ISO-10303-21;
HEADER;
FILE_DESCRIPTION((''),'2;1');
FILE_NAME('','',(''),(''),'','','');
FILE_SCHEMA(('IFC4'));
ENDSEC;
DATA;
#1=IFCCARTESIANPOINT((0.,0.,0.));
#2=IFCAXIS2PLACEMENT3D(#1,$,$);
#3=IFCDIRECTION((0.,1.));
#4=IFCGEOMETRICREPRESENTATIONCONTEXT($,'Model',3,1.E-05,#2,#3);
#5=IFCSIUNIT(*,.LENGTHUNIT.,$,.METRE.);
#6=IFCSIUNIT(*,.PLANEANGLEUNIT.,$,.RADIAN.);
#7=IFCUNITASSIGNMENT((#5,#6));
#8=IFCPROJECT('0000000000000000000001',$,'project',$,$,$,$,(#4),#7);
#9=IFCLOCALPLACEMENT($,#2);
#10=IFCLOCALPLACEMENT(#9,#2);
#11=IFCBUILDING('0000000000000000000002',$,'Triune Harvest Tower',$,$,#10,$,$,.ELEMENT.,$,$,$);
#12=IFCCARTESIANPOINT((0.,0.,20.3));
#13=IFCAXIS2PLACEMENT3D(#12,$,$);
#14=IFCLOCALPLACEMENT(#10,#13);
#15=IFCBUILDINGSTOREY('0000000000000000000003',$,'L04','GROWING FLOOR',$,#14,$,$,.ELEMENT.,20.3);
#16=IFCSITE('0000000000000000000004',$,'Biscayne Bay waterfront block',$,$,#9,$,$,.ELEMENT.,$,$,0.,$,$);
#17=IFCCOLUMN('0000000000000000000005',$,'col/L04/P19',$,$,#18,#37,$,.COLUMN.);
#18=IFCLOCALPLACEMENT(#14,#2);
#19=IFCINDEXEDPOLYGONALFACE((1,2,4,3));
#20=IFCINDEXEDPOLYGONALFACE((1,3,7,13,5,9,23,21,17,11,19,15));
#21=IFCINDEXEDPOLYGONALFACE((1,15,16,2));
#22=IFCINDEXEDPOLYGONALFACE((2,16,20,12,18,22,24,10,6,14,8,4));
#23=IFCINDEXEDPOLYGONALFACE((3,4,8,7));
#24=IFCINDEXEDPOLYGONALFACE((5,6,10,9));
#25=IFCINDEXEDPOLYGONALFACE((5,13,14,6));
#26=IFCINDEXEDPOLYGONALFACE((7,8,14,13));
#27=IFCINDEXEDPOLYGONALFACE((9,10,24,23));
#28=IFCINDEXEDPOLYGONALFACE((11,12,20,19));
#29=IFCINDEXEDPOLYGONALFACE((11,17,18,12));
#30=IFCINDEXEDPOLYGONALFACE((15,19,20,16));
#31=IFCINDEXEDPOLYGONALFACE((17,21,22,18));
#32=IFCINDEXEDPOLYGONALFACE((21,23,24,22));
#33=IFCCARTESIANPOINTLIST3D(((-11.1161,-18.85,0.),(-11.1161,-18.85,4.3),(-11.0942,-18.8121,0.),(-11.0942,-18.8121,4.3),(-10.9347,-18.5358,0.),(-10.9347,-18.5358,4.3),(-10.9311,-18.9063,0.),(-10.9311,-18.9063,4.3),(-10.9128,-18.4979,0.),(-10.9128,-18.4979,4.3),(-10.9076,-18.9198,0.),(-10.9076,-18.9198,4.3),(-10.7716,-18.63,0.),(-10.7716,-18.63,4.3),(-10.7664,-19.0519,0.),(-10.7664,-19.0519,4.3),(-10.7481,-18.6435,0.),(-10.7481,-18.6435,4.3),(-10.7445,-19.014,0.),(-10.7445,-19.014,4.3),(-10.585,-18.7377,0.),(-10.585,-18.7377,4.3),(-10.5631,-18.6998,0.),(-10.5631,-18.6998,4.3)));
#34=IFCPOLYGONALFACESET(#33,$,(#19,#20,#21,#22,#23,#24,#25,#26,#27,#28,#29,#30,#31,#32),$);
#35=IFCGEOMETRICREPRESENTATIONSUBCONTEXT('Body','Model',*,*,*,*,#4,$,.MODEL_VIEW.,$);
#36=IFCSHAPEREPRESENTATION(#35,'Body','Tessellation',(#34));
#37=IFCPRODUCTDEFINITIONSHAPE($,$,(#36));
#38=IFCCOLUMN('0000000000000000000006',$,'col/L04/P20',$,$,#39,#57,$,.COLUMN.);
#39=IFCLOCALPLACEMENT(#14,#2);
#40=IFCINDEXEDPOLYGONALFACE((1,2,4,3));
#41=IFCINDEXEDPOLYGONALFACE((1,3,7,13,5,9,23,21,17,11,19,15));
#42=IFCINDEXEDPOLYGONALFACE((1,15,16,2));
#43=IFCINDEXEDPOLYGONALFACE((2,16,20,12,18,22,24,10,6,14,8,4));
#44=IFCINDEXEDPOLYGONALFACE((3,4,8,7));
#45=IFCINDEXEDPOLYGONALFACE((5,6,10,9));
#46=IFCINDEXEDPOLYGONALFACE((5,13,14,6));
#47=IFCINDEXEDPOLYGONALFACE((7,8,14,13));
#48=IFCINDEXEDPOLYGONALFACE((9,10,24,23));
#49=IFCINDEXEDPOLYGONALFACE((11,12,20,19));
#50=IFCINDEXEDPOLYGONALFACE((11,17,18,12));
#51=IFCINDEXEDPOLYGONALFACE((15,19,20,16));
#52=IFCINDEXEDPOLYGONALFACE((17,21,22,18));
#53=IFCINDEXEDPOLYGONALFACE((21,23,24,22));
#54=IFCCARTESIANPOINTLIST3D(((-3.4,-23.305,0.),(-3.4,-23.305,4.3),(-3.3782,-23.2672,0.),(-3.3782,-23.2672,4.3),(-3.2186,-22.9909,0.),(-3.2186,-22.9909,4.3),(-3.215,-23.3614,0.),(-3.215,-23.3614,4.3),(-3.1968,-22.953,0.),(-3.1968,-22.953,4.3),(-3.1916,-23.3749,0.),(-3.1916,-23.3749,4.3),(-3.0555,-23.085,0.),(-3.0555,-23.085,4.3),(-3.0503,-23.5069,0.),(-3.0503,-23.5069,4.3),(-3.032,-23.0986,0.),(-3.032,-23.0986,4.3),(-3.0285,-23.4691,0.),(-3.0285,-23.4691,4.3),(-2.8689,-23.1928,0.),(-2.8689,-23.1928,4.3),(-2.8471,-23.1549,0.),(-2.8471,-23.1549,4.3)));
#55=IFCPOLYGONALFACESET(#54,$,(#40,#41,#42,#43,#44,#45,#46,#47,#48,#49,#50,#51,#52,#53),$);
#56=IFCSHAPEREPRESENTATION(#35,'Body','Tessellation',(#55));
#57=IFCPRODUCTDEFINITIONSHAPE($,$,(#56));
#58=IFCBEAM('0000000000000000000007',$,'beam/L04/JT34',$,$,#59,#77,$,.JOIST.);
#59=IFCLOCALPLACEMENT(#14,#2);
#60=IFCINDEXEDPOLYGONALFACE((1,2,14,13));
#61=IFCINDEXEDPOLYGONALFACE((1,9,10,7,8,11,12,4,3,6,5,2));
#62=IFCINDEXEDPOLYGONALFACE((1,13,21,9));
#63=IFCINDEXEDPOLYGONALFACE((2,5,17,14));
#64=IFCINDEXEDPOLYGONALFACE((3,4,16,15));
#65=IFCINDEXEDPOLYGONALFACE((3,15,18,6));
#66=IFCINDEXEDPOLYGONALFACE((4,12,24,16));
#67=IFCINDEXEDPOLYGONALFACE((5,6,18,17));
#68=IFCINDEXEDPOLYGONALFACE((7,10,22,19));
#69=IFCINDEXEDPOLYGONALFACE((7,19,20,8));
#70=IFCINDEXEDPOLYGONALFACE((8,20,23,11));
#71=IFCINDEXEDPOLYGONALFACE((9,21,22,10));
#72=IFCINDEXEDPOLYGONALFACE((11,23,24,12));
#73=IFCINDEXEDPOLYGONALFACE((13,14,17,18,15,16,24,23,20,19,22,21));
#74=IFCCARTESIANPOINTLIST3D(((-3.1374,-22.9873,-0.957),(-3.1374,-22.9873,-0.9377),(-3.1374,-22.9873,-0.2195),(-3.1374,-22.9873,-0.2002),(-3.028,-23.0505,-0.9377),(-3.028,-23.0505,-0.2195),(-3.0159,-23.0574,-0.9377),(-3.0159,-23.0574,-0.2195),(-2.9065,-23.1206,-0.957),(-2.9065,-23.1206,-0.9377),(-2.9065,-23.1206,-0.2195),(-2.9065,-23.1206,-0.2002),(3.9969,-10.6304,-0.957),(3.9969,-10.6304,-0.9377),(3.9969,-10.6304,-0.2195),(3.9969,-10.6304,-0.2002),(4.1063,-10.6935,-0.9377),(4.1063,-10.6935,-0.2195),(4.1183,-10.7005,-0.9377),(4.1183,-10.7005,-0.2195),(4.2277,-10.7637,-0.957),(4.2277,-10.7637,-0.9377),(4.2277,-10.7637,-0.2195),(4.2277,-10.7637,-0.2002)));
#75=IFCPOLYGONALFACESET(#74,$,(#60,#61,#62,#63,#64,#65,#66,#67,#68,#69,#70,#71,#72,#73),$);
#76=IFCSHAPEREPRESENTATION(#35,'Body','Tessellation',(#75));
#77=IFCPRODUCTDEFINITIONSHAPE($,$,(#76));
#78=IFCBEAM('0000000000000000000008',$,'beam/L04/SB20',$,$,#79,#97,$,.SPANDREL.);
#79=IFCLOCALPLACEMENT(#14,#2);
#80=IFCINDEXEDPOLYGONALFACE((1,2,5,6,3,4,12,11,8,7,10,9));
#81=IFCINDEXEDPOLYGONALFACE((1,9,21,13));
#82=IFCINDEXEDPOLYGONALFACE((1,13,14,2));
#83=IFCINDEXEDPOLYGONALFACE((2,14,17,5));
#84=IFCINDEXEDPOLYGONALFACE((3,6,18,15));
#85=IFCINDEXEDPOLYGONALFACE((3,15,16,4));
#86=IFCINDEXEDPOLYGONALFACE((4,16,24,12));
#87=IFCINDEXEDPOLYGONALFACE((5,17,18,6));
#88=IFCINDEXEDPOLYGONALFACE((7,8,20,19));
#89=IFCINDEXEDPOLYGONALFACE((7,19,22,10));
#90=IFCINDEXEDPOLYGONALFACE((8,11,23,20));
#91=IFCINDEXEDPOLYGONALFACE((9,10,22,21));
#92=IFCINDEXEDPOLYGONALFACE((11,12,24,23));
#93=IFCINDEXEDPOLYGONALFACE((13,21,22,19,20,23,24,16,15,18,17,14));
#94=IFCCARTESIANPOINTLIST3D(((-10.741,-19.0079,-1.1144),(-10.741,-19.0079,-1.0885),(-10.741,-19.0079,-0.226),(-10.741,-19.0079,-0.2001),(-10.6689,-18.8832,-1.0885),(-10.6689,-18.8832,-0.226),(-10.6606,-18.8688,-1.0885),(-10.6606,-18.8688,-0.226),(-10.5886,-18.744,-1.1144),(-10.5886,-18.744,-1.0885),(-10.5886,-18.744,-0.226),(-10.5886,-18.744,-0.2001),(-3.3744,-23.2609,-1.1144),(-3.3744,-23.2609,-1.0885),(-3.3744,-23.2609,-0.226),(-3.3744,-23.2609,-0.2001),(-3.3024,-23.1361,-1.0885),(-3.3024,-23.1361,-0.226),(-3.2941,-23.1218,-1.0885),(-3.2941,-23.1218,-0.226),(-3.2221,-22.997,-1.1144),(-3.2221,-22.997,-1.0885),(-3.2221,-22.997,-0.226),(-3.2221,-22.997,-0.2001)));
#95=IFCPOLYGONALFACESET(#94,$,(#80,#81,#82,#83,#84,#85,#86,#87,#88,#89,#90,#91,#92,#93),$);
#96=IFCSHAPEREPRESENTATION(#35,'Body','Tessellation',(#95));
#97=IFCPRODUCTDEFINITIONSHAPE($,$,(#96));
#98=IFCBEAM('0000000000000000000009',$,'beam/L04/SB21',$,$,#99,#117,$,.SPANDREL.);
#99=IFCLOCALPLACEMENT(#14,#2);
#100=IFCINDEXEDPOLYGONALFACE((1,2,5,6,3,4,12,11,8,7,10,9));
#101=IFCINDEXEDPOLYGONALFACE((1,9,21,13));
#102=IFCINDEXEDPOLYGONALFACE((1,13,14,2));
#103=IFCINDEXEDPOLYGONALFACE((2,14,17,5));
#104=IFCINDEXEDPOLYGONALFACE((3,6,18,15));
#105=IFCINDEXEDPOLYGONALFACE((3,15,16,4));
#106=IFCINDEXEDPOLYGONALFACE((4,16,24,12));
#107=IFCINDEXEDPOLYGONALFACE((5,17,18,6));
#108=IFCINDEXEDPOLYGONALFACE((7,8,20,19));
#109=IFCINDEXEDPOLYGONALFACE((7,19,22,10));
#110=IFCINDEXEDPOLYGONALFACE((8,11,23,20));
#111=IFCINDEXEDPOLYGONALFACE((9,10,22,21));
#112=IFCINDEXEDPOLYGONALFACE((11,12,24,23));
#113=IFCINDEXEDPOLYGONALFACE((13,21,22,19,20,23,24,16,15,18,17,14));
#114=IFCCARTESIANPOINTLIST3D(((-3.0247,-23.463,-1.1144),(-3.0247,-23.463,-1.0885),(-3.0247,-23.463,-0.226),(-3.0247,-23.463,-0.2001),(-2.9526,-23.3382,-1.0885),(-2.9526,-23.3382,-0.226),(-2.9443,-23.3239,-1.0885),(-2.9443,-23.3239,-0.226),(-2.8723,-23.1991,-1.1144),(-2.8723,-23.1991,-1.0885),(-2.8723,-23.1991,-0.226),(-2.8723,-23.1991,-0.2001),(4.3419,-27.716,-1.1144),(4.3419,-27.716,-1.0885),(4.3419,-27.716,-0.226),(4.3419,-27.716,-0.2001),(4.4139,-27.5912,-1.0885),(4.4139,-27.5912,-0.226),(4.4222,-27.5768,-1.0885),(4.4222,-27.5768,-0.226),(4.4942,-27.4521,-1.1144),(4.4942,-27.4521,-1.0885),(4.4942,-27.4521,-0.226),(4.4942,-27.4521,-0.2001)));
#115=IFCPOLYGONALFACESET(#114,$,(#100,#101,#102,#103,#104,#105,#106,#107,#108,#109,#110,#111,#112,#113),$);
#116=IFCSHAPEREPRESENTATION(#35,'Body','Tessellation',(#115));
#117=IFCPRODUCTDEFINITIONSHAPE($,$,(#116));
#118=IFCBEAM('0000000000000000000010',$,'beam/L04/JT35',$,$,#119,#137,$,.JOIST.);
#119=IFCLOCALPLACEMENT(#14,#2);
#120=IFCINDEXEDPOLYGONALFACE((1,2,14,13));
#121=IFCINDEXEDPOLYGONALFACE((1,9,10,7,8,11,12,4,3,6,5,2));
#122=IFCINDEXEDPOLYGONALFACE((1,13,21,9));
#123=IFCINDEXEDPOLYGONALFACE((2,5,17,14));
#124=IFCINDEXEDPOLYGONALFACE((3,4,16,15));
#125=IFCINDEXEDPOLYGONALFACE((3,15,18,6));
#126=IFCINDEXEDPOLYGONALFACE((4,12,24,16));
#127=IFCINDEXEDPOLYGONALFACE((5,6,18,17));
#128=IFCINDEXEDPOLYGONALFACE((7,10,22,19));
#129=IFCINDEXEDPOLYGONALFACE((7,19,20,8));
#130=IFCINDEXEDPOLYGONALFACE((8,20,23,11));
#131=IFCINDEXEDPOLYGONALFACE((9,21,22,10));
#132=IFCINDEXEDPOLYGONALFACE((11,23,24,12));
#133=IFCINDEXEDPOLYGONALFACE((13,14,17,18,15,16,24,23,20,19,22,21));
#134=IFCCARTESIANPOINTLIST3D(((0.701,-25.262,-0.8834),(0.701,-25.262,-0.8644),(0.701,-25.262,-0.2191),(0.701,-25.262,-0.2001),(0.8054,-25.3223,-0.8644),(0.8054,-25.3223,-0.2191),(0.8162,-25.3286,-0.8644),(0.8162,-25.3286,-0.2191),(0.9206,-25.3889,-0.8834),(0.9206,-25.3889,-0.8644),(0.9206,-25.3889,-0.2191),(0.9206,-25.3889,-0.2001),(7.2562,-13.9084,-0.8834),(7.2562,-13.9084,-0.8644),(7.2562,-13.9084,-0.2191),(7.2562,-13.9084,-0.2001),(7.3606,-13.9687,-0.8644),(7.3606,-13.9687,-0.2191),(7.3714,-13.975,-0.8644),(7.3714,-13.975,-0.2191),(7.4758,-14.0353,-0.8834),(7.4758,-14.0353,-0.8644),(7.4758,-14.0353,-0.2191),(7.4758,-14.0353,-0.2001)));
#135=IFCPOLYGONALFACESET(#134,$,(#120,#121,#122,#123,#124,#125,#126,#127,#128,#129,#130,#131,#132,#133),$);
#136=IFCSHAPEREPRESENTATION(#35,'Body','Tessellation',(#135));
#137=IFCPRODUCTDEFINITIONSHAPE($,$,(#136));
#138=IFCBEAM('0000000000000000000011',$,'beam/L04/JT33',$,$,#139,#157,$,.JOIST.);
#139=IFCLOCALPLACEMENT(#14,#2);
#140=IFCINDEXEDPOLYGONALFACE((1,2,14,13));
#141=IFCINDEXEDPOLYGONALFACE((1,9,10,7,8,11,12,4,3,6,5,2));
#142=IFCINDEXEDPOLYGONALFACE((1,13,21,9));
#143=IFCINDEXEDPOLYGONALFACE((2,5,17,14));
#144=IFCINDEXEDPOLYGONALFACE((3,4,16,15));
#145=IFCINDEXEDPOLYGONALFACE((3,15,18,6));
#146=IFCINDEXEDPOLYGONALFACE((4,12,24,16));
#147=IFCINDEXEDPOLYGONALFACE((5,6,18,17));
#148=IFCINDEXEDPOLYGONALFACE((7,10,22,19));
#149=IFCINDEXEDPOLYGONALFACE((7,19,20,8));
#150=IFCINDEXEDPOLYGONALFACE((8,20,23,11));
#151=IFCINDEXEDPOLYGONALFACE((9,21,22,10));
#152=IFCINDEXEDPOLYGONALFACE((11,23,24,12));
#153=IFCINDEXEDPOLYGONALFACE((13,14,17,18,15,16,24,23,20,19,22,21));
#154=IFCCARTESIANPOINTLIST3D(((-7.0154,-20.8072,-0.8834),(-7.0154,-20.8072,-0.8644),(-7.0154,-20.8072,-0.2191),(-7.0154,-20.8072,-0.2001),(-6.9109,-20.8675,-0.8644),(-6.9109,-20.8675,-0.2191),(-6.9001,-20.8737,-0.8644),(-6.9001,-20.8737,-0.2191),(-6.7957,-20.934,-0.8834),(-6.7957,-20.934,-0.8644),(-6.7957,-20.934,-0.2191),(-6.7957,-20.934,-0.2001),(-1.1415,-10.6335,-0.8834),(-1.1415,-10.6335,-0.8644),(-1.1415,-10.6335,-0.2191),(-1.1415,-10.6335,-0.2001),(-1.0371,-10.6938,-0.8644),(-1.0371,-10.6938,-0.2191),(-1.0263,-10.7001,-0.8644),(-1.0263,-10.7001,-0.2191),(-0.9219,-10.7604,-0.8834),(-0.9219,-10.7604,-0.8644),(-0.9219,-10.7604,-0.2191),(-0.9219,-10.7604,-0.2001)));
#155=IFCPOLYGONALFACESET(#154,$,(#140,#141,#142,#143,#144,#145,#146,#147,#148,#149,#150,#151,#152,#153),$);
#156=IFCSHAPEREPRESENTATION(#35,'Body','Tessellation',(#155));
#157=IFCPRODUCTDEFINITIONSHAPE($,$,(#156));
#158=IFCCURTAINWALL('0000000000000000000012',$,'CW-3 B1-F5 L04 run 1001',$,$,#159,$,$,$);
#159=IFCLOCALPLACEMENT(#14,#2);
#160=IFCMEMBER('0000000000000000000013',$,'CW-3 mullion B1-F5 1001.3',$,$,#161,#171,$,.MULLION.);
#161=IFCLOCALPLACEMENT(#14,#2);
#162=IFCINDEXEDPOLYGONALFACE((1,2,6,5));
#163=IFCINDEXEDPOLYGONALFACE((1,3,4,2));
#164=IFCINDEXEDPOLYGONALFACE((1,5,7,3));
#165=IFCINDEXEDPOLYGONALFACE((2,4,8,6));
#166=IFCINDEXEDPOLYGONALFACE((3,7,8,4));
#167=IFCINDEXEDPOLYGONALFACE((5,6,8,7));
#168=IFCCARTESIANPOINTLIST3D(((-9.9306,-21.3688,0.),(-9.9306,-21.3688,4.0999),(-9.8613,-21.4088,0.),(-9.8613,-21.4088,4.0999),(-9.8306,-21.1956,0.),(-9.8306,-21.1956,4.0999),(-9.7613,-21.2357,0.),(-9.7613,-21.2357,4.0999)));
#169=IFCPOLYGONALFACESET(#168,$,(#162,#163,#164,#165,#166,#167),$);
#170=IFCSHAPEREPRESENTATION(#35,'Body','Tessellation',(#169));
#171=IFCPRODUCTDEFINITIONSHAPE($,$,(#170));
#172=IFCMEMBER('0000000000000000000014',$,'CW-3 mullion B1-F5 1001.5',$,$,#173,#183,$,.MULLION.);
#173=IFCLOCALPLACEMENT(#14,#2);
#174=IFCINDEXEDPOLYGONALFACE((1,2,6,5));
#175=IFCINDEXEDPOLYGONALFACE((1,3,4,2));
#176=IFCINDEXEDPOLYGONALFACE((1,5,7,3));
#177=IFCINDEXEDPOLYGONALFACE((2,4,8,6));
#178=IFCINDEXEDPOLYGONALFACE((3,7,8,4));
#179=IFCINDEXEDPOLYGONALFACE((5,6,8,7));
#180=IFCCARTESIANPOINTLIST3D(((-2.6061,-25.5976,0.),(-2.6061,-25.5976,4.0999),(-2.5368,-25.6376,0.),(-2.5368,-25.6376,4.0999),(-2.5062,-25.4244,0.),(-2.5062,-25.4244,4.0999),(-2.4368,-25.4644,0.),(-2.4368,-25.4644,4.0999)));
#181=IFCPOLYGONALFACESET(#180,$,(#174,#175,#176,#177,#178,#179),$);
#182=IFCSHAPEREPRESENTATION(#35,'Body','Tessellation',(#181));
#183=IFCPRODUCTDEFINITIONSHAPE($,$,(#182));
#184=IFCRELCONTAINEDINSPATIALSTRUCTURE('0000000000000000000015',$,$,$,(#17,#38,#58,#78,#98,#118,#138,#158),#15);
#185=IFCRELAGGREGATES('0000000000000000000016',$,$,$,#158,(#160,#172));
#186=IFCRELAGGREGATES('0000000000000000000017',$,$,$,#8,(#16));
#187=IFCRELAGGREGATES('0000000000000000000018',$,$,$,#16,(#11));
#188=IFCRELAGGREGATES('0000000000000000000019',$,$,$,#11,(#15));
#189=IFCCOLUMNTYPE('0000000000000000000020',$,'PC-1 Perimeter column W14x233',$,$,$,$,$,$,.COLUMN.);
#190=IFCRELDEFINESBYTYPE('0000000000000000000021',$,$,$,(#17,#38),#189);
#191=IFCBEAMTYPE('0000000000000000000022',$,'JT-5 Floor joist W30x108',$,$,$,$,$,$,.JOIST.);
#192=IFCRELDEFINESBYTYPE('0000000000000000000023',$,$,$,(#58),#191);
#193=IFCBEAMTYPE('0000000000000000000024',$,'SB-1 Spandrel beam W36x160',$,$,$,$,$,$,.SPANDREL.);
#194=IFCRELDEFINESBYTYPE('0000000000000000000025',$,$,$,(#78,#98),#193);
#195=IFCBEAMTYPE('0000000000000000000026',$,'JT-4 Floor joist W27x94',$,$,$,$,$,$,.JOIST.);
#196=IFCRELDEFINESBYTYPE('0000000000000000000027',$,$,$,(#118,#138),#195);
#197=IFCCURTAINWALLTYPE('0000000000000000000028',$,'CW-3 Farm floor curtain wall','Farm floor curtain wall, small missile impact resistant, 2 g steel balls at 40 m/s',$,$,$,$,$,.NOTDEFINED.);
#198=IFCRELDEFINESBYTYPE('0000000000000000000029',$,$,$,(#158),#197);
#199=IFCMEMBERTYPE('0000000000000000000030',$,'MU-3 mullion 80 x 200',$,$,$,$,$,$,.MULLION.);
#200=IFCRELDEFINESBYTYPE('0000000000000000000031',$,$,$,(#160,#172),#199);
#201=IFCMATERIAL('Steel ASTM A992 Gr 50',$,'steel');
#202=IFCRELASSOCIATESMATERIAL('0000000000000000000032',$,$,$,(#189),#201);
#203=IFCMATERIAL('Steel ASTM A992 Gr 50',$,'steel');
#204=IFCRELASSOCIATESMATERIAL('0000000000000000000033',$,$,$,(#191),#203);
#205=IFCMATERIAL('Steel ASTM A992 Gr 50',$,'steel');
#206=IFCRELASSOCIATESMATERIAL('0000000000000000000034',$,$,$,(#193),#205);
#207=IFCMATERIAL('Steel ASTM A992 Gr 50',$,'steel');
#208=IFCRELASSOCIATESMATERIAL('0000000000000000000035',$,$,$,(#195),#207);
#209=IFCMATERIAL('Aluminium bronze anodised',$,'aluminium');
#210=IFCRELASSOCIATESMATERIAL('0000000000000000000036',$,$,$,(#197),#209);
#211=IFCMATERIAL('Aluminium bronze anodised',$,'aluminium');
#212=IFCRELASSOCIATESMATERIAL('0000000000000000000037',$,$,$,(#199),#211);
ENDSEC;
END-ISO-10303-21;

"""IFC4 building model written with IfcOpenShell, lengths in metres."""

from ifc_helpers import new_model, si_unit, direction, frame, origin, origin_2d, place, context, subcontext, project, spatial, rectangle, i_section, extrude, source, transform, mapped, material, material_profile, profile_set, type_object, element, aggregate, save


model = new_model("IFC4")

# Units and contexts
model_context = context("Model", 3, precision=1e-05, world=origin(), true_north=direction((0.0, 1.0)))
body_context = subcontext(model_context, "Body", "Model", "MODEL_VIEW")
ifc_project = project(units=[si_unit("LENGTHUNIT", "METRE"), si_unit("PLANEANGLEUNIT", "RADIAN")], contexts=[model_context])

# Site, building, storey
site_placement = place(None, origin())
site = spatial("IfcSite", under=ifc_project, at=site_placement, Name="Biscayne Bay waterfront block", CompositionType="ELEMENT", RefElevation=0.0)
building_placement = place(site_placement, origin())
building = spatial("IfcBuilding", under=site, at=building_placement, Name="Triune Harvest Tower", CompositionType="ELEMENT")
storey_placement = place(building_placement, frame((0.0, 0.0, 20.3)))
storey = spatial("IfcBuildingStorey", under=building, at=storey_placement, Name="L04", Description="GROWING FLOOR", CompositionType="ELEMENT", Elevation=20.3)

# Columns
ifc_material_1 = material(Name="Steel ASTM A992 Gr 50", Category="steel")
ifc_material_profile_1 = material_profile(ifc_material_1, i_section(OverallWidth=0.4038, OverallDepth=0.4065, WebThickness=0.0271, FlangeThickness=0.0437, at=origin_2d()), Name="W14x233")
ifc_profile_set_1 = profile_set([ifc_material_profile_1], Name="Steel ASTM A992 Gr 50")
column_type = type_object("IfcColumnType", Name="PC-1 Perimeter column W14x233", PredefinedType="COLUMN", material=ifc_profile_set_1)
shared_shape_1 = source(origin(), body_context, "Body", "SweptSolid", [
    extrude(i_section(OverallWidth=0.4038, OverallDepth=0.4065, WebThickness=0.0271, FlangeThickness=0.0437, at=origin_2d()), origin(), (0.0, 0.0, 1.0), 4.3),
])
for number, where, z_axis, x_axis, name in (
    (1, (-10.8396, -18.7749, 0.0), (0.0, 0.0, 1.0), (0.866025, -0.5, 0.0), "col/L04/P19"),
    (2, (-3.1235, -23.23, 0.0), (0.0, 0.0, 1.0), (0.866025, -0.5, 0.0), "col/L04/P20"),
):
    element("IfcColumn", number, at=place(storey_placement, frame(where, z_axis=z_axis, x_axis=x_axis)), inside=storey, type_object=column_type, Name=name, PredefinedType="COLUMN", context=body_context, shape_type="MappedRepresentation", body=[
        mapped(shared_shape_1, transform((0.0, 0.0, 0.0), scale=1.0)),
    ])

# Beams
ifc_material_2 = material(Name="Steel ASTM A992 Gr 50", Category="steel")
ifc_material_profile_2 = material_profile(ifc_material_2, i_section(OverallWidth=0.2666, OverallDepth=0.7568, WebThickness=0.0139, FlangeThickness=0.0193, at=origin_2d()), Name="W30x108")
ifc_profile_set_2 = profile_set([ifc_material_profile_2], Name="Steel ASTM A992 Gr 50")
beam_type_1 = type_object("IfcBeamType", Name="JT-5 Floor joist W30x108", PredefinedType="JOIST", material=ifc_profile_set_2)
shared_shape_2 = source(origin(), body_context, "Body", "SweptSolid", [
    extrude(i_section(OverallWidth=0.2666, OverallDepth=0.7568, WebThickness=0.0139, FlangeThickness=0.0193, at=origin_2d()), origin(), (0.0, 0.0, 1.0), 14.2686),
])
beam_1_placement = place(storey_placement, frame((-3.022, -23.054, -0.5786), z_axis=(0.5, 0.866025, 0.0), x_axis=(-0.866025, 0.5, 0.0)))
element("IfcBeam", 3, at=beam_1_placement, inside=storey, type_object=beam_type_1, Name="beam/L04/JT34", PredefinedType="JOIST", context=body_context, shape_type="MappedRepresentation", body=[
    mapped(shared_shape_2, transform((0.0, 0.0, 0.0), scale=1.0)),
])
ifc_material_3 = material(Name="Steel ASTM A992 Gr 50", Category="steel")
ifc_material_profile_3 = material_profile(ifc_material_3, i_section(OverallWidth=0.3047, OverallDepth=0.9143, WebThickness=0.0166, FlangeThickness=0.0259, at=origin_2d()), Name="W36x160")
ifc_profile_set_3 = profile_set([ifc_material_profile_3], Name="Steel ASTM A992 Gr 50")
beam_type_2 = type_object("IfcBeamType", Name="SB-1 Spandrel beam W36x160", PredefinedType="SPANDREL", material=ifc_profile_set_3)
shared_shape_3 = source(origin(), body_context, "Body", "SweptSolid", [
    extrude(i_section(OverallWidth=0.3047, OverallDepth=0.9143, WebThickness=0.0166, FlangeThickness=0.0259, at=origin_2d()), origin(), (0.0, 0.0, 1.0), 8.5061),
])
for number, where, z_axis, x_axis, name in (
    (4, (-10.6648, -18.876, -0.6572), (0.86603, -0.499992, 0.0), (0.499992, 0.86603, 0.0), "beam/L04/SB20"),
    (5, (-2.9485, -23.3311, -0.6572), (0.86603, -0.499992, 0.0), (0.499992, 0.86603, 0.0), "beam/L04/SB21"),
):
    element("IfcBeam", number, at=place(storey_placement, frame(where, z_axis=z_axis, x_axis=x_axis)), inside=storey, type_object=beam_type_2, Name=name, PredefinedType="SPANDREL", context=body_context, shape_type="MappedRepresentation", body=[
        mapped(shared_shape_3, transform((0.0, 0.0, 0.0), scale=1.0)),
    ])
ifc_material_4 = material(Name="Steel ASTM A992 Gr 50", Category="steel")
ifc_material_profile_4 = material_profile(ifc_material_4, i_section(OverallWidth=0.2537, OverallDepth=0.6833, WebThickness=0.0125, FlangeThickness=0.019, at=origin_2d()), Name="W27x94")
ifc_profile_set_4 = profile_set([ifc_material_profile_4], Name="Steel ASTM A992 Gr 50")
beam_type_3 = type_object("IfcBeamType", Name="JT-4 Floor joist W27x94", PredefinedType="JOIST", material=ifc_profile_set_4)
shared_shape_4 = source(origin(), body_context, "Body", "SweptSolid", [
    extrude(i_section(OverallWidth=0.2537, OverallDepth=0.6833, WebThickness=0.0125, FlangeThickness=0.019, at=origin_2d()), origin(), (0.0, 0.0, 1.0), 13.1101),
])
beam_2_placement = place(storey_placement, frame((0.8108, -25.3254, -0.5417), z_axis=(0.500013, 0.866018, 0.0), x_axis=(-0.866018, 0.500013, 0.0)))
element("IfcBeam", 6, at=beam_2_placement, inside=storey, type_object=beam_type_3, Name="beam/L04/JT35", PredefinedType="JOIST", context=body_context, shape_type="MappedRepresentation", body=[
    mapped(shared_shape_4, transform((0.0, 0.0, 0.0), scale=1.0)),
])
shared_shape_5 = source(origin(), body_context, "Body", "SweptSolid", [
    extrude(i_section(OverallWidth=0.2537, OverallDepth=0.6833, WebThickness=0.0125, FlangeThickness=0.019, at=origin_2d()), origin(), (0.0, 0.0, 1.0), 11.7476),
])
beam_3_placement = place(storey_placement, frame((-6.9055, -20.8706, -0.5417), z_axis=(0.500004, 0.866023, 0.0), x_axis=(-0.866023, 0.500004, 0.0)))
element("IfcBeam", 7, at=beam_3_placement, inside=storey, type_object=beam_type_3, Name="beam/L04/JT33", PredefinedType="JOIST", context=body_context, shape_type="MappedRepresentation", body=[
    mapped(shared_shape_5, transform((0.0, 0.0, 0.0), scale=1.0)),
])

# Curtain wall, members
ifc_material_5 = material(Name="Aluminium bronze anodised", Category="aluminium")
curtain_wall_type_1 = type_object("IfcCurtainWallType", Name="CW-3 Farm floor curtain wall", Description="Farm floor curtain wall, small missile impact resistant, 2 g steel balls at 40 m/s", PredefinedType="NOTDEFINED", material=ifc_material_5)
curtain_wall_1_placement = place(storey_placement, origin())
curtain_wall_1 = element("IfcCurtainWall", 8, at=curtain_wall_1_placement, inside=storey, type_object=curtain_wall_type_1, Name="CW-3 B1-F5 L04 run 1001")
ifc_material_6 = material(Name="Aluminium bronze anodised", Category="aluminium")
ifc_material_profile_5 = material_profile(ifc_material_6, rectangle(XDim=0.2, YDim=0.0801, at=origin_2d()), Name="MU-3 mullion 80 x 200")
ifc_profile_set_5 = profile_set([ifc_material_profile_5], Name="Aluminium bronze anodised")
member_type_1 = type_object("IfcMemberType", Name="MU-3 mullion 80 x 200", PredefinedType="MULLION", material=ifc_profile_set_5)
shared_shape_6 = source(origin(), body_context, "Body", "SweptSolid", [
    extrude(rectangle(XDim=0.2, YDim=0.0801, at=origin_2d()), origin(), (0.0, 0.0, 1.0), 4.0999),
])
member_1_placement = place(storey_placement, frame((-9.8459, -21.3022, 0.0), z_axis=(0.0, 0.0, 1.0), x_axis=(0.5, 0.866025, 0.0)))
member_1 = element("IfcMember", 9, at=member_1_placement, type_object=member_type_1, Name="CW-3 mullion B1-F5 1001.3", PredefinedType="MULLION", context=body_context, shape_type="MappedRepresentation", body=[
    mapped(shared_shape_6, transform((0.0, 0.0, 0.0), scale=1.0)),
])
member_2_placement = place(storey_placement, frame((-2.5215, -25.531, 0.0), z_axis=(0.0, 0.0, 1.0), x_axis=(0.5, 0.866025, 0.0)))
member_2 = element("IfcMember", 10, at=member_2_placement, type_object=member_type_1, Name="CW-3 mullion B1-F5 1001.5", PredefinedType="MULLION", context=body_context, shape_type="MappedRepresentation", body=[
    mapped(shared_shape_6, transform((0.0, 0.0, 0.0), scale=1.0)),
])

aggregate(curtain_wall_1, [member_1, member_2])

save(model, "model.ifc")
